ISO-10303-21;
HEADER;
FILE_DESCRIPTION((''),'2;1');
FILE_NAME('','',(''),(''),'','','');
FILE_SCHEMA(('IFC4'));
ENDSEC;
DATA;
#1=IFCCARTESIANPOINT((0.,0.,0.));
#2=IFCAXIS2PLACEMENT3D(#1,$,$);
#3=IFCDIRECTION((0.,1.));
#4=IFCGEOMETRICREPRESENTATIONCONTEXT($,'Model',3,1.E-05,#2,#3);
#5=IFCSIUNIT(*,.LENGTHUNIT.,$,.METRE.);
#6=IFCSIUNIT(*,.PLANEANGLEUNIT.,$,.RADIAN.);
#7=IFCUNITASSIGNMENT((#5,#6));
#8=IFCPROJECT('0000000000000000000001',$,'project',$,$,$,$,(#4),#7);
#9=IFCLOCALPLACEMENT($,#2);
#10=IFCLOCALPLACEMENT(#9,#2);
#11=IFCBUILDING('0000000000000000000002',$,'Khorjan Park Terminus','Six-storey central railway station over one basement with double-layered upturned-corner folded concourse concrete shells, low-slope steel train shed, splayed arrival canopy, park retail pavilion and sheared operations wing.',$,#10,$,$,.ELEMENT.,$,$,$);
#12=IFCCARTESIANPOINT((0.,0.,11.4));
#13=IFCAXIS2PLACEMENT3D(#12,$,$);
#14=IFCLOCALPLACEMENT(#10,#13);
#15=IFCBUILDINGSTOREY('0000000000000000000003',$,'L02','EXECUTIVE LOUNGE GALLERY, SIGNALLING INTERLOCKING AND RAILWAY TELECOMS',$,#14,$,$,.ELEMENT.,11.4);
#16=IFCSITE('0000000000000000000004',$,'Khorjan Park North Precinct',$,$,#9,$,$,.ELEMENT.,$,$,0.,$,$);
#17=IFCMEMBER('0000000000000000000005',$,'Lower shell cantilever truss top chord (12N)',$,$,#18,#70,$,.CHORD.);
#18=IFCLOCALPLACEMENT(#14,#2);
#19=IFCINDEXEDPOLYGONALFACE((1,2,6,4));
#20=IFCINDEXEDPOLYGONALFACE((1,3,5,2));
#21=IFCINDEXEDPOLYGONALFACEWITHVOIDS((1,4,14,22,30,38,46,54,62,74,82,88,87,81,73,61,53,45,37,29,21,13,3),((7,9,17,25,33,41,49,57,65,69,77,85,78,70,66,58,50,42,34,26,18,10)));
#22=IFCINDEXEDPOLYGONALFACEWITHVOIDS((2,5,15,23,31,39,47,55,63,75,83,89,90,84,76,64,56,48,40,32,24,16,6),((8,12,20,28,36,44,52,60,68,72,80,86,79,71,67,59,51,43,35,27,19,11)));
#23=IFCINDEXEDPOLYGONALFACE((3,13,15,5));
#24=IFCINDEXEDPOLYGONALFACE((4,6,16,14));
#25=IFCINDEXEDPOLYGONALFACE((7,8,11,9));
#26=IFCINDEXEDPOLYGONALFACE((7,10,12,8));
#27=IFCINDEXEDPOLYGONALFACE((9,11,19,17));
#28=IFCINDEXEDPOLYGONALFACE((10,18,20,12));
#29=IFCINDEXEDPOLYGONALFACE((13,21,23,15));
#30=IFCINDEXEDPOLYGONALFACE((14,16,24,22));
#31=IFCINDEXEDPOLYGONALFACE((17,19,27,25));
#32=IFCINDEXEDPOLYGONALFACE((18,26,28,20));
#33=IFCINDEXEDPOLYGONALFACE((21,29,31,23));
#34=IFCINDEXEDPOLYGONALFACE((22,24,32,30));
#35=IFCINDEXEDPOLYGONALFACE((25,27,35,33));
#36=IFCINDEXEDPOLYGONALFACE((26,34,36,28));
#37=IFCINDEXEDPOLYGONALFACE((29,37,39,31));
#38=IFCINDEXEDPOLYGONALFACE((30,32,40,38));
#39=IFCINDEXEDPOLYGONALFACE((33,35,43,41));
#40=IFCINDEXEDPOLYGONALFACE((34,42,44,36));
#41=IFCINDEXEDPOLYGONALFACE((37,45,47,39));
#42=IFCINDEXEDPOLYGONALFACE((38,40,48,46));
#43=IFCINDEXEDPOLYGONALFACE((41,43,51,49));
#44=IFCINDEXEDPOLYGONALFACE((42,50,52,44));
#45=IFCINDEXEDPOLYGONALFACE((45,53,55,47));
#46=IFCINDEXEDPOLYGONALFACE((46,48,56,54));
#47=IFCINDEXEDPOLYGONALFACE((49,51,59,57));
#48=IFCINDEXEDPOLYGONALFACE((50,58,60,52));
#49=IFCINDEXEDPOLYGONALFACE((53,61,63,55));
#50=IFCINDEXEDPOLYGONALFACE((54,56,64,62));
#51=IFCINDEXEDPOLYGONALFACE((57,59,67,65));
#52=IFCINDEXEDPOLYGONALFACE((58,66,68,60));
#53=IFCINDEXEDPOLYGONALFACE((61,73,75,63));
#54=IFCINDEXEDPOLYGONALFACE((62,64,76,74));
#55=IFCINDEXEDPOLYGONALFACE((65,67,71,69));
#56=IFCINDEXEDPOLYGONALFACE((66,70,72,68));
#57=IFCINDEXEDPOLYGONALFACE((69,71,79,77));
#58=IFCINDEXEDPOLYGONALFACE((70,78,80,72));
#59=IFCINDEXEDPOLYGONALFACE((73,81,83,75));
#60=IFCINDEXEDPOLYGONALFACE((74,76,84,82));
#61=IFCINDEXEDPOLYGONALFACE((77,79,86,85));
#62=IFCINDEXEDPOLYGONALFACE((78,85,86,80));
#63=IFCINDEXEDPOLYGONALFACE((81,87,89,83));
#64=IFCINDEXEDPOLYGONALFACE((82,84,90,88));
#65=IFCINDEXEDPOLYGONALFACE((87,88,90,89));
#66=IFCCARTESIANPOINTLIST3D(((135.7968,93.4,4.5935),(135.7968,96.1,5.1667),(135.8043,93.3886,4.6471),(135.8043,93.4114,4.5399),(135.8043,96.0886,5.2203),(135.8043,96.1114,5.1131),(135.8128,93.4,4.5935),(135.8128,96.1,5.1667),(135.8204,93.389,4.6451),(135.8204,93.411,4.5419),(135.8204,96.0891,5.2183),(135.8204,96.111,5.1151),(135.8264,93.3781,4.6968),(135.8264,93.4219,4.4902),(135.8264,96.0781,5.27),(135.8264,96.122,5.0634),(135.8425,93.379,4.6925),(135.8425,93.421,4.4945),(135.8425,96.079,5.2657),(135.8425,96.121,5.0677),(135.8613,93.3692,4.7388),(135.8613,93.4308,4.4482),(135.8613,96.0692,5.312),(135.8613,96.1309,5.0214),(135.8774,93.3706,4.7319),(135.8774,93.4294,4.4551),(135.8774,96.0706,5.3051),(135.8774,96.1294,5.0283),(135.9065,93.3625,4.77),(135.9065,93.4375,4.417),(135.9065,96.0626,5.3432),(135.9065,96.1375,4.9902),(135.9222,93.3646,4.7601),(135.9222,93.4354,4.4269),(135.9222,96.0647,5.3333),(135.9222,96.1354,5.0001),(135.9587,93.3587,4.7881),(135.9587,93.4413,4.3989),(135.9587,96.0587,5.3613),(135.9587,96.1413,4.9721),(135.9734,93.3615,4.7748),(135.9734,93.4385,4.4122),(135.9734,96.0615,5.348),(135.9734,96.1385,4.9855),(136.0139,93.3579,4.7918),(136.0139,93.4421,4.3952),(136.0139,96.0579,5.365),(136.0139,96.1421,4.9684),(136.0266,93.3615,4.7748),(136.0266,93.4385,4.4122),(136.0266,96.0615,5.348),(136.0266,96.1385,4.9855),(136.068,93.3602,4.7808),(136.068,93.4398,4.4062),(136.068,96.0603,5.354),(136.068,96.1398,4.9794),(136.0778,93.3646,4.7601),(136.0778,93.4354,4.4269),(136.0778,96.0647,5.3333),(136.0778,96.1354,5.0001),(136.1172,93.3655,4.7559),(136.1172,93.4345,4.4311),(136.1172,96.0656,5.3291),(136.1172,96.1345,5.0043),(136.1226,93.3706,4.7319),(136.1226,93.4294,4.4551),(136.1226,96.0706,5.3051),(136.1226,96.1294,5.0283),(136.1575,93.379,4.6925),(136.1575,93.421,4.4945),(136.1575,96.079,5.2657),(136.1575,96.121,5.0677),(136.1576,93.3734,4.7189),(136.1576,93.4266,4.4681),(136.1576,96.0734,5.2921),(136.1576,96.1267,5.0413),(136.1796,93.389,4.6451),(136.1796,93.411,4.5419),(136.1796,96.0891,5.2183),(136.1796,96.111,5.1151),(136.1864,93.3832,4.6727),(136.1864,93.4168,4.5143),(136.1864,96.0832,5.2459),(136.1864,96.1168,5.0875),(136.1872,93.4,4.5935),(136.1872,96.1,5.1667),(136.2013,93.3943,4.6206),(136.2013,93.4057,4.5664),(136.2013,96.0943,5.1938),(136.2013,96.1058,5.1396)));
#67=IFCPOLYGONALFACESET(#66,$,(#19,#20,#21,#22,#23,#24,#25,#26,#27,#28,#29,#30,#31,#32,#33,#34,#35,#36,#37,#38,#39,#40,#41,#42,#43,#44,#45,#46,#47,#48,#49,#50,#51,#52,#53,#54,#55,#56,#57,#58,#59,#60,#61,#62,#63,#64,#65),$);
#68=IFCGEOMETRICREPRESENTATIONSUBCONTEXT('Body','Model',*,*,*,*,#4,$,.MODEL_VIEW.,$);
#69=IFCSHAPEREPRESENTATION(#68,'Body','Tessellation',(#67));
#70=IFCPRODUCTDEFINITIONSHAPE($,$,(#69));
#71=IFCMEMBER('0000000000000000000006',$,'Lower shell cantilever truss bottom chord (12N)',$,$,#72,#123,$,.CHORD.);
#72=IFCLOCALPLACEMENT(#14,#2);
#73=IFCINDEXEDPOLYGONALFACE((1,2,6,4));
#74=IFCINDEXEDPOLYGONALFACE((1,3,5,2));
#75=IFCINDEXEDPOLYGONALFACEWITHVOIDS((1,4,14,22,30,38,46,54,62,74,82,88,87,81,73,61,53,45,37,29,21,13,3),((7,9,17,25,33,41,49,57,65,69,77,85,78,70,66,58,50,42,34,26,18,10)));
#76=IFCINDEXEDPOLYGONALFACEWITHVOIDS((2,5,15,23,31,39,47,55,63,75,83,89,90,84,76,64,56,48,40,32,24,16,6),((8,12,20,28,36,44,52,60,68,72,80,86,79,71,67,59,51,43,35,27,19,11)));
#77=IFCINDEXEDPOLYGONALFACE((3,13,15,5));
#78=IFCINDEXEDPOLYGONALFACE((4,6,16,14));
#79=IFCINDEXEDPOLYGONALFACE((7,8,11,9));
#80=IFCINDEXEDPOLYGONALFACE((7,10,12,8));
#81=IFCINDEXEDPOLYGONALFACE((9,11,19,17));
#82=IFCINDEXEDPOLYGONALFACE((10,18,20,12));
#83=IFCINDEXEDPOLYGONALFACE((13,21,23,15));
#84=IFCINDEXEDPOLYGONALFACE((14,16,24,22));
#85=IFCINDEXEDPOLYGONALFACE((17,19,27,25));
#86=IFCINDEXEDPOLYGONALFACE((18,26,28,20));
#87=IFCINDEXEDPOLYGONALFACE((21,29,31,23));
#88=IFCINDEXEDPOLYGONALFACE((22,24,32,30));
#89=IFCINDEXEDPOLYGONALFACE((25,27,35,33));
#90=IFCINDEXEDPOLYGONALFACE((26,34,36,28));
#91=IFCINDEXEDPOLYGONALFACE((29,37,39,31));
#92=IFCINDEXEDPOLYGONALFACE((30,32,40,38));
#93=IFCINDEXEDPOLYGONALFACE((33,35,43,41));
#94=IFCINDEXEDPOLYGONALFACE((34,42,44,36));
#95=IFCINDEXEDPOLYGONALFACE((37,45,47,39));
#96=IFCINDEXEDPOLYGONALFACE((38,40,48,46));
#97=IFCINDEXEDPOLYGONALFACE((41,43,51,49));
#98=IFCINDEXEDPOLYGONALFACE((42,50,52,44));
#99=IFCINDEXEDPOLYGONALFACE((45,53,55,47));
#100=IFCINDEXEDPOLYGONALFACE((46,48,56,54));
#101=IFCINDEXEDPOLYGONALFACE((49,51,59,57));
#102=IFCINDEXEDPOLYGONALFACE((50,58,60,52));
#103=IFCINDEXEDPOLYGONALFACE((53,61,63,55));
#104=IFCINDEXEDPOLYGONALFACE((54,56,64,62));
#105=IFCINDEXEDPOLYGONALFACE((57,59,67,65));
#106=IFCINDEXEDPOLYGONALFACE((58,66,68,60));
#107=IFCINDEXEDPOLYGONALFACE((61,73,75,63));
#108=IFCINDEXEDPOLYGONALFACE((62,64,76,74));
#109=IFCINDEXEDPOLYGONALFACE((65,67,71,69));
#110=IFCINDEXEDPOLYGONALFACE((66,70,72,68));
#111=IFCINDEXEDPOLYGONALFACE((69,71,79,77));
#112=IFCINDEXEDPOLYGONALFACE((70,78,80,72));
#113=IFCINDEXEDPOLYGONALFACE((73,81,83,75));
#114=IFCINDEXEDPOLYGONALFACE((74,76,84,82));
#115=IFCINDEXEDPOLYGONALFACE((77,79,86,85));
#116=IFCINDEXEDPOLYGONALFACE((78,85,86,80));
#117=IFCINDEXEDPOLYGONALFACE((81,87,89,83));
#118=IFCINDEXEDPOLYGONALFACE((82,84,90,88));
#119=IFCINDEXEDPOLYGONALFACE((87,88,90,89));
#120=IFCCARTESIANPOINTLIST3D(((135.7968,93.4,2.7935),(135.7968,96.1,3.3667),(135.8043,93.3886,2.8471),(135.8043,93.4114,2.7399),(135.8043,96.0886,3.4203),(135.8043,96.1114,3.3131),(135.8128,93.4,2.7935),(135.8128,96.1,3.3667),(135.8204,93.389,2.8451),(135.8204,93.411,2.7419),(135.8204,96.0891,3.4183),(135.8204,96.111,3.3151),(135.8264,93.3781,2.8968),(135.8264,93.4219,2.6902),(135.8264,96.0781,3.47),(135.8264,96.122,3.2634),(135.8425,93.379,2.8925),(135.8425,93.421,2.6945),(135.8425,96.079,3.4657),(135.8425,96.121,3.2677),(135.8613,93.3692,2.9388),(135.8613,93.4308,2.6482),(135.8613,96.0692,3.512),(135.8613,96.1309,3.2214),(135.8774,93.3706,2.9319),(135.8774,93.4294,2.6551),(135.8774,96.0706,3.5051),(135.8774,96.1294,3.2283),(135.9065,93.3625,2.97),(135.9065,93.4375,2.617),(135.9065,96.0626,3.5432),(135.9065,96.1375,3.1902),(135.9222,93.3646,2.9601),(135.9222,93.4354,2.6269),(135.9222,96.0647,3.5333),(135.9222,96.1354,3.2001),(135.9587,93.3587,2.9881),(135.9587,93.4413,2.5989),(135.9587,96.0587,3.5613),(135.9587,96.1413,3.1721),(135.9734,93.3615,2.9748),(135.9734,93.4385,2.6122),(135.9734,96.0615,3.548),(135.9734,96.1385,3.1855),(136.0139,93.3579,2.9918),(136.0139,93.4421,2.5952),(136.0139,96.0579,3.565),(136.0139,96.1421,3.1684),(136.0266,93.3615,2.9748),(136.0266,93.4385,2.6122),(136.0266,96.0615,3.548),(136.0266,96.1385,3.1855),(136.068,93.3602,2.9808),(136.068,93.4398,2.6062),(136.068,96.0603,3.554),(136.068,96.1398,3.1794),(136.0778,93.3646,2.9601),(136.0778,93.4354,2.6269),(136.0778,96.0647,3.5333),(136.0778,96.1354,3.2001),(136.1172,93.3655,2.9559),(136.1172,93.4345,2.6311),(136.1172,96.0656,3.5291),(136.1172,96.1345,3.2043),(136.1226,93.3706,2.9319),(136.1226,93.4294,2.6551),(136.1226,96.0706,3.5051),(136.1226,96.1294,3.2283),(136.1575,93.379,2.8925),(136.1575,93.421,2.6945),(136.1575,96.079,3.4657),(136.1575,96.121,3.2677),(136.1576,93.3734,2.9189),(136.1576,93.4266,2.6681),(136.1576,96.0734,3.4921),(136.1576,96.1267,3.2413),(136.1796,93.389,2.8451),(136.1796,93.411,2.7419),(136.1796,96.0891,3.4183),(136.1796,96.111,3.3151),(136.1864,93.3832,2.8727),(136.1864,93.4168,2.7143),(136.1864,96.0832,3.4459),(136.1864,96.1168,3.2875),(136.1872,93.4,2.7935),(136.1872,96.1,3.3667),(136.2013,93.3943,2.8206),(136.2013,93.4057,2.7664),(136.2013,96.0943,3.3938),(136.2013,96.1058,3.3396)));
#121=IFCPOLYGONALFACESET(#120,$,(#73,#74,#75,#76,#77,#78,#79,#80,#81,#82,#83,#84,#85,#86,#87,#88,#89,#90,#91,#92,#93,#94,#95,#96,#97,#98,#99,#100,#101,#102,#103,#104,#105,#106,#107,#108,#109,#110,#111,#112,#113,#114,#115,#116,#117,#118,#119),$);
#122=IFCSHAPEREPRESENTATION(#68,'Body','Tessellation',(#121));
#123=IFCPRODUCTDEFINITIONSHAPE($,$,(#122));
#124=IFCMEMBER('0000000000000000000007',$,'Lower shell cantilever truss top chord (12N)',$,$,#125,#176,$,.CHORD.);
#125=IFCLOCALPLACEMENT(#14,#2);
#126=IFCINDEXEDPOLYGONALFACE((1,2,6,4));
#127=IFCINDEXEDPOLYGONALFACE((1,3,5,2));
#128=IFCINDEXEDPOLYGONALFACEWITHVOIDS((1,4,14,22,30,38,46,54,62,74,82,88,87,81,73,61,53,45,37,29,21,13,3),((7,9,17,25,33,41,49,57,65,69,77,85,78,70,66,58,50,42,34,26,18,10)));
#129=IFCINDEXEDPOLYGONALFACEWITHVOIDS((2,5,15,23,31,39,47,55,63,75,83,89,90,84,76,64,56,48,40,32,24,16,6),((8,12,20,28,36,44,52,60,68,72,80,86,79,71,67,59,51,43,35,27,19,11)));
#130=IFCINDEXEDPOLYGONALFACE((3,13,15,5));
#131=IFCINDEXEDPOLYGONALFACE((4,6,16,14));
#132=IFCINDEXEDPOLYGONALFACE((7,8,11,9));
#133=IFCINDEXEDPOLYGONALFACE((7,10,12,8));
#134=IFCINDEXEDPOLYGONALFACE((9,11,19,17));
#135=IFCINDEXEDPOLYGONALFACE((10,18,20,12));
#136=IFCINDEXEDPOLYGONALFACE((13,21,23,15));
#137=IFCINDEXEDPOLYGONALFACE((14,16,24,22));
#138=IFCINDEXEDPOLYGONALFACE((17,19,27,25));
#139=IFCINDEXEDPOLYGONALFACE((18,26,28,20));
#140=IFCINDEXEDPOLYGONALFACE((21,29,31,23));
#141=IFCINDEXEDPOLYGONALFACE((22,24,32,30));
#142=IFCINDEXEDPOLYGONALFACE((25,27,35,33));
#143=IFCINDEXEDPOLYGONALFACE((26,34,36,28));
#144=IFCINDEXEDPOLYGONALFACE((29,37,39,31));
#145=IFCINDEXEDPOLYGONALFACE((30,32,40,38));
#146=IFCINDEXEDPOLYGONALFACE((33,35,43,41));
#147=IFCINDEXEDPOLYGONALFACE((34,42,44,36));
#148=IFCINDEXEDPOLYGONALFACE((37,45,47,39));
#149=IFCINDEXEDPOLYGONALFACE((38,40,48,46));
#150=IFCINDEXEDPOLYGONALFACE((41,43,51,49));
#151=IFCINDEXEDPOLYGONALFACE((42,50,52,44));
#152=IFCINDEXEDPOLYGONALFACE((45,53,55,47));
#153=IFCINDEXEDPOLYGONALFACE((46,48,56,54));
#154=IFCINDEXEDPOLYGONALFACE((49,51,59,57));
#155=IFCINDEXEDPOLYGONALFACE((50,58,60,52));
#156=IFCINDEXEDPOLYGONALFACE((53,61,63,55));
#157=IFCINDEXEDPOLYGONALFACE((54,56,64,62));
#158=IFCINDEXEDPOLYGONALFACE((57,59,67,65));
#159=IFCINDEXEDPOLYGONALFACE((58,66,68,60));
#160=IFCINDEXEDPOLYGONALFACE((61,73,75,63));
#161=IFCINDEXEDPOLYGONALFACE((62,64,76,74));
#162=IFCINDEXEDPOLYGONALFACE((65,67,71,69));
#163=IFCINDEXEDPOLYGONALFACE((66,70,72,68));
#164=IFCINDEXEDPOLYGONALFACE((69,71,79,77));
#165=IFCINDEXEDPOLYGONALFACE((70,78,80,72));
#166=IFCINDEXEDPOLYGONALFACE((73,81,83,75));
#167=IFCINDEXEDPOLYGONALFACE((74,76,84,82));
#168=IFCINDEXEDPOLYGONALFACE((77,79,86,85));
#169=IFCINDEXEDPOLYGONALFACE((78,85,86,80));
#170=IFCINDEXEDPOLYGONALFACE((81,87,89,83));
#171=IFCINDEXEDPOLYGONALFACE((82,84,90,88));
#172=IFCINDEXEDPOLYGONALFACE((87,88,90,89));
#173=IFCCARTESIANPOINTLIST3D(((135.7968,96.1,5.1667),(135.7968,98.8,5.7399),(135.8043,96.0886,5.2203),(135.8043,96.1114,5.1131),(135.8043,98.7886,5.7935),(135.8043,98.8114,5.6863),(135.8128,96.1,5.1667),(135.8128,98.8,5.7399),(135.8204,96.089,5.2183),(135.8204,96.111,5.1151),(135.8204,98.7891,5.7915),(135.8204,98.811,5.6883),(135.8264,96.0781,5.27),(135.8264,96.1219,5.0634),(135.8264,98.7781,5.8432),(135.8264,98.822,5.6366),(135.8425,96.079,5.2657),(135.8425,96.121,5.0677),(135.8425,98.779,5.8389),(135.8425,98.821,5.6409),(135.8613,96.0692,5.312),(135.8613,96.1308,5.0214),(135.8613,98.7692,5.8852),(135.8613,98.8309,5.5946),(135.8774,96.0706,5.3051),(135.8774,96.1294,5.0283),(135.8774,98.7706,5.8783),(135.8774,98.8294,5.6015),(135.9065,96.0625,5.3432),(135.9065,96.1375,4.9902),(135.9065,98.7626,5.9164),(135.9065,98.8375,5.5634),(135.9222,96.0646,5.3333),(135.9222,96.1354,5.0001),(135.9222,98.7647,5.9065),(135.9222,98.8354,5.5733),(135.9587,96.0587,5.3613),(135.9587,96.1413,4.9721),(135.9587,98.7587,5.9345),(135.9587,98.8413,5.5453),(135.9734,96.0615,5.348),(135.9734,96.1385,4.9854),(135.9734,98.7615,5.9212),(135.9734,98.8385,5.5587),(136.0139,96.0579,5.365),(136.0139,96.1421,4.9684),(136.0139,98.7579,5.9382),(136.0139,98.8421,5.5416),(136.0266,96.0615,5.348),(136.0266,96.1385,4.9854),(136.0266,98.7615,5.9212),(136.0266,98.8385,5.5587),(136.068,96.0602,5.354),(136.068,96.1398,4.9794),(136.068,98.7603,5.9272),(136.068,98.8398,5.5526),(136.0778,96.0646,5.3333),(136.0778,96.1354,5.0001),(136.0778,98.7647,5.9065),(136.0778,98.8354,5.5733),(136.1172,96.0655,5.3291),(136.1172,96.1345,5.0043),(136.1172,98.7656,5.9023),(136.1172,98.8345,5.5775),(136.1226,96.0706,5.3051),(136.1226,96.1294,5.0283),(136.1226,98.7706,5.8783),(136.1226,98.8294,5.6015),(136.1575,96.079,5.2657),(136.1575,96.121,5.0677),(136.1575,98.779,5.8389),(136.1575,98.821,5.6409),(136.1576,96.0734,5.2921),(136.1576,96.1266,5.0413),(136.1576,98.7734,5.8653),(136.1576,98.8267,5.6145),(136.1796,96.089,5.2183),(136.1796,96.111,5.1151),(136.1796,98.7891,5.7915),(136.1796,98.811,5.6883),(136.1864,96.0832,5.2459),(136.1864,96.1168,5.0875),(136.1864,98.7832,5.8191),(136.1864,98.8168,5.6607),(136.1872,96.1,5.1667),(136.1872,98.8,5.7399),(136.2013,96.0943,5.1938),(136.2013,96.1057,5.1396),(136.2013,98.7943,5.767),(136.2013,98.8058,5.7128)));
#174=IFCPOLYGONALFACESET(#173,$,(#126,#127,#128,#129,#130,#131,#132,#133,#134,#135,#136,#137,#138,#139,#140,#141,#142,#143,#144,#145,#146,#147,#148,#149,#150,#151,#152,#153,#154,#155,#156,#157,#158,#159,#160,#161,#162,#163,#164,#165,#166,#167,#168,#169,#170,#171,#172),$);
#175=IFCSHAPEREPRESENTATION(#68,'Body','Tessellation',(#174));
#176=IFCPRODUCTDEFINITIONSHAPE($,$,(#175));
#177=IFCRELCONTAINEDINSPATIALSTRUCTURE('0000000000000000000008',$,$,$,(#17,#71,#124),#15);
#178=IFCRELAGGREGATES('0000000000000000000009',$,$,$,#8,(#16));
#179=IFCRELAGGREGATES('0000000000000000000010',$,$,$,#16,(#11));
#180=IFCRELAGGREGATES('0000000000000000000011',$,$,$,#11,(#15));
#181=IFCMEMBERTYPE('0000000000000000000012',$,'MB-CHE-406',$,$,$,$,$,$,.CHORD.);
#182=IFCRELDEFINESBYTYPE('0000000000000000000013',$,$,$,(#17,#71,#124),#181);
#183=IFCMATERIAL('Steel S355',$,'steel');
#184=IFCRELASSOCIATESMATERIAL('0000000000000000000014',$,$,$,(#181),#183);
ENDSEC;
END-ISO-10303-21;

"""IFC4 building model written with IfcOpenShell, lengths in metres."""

from ifc_helpers import new_model, si_unit, direction, frame, origin, origin_2d, place, context, subcontext, project, spatial, hollow_circle, extrude, material, material_profile, profile_set, type_object, element, save


model = new_model("IFC4")

# Units and contexts
model_context = context("Model", 3, precision=1e-05, world=origin(), true_north=direction((0.0, 1.0)))
body_context = subcontext(model_context, "Body", "Model", "MODEL_VIEW")
ifc_project = project(units=[si_unit("LENGTHUNIT", "METRE"), si_unit("PLANEANGLEUNIT", "RADIAN")], contexts=[model_context])

# Site, building, storey
site_placement = place(None, origin())
site = spatial("IfcSite", under=ifc_project, at=site_placement, Name="Khorjan Park North Precinct", CompositionType="ELEMENT", RefElevation=0.0)
building_placement = place(site_placement, origin())
building = spatial("IfcBuilding", under=site, at=building_placement, Name="Khorjan Park Terminus", Description="Six-storey central railway station over one basement with double-layered upturned-corner folded concourse concrete shells, low-slope steel train shed, splayed arrival canopy, park retail pavilion and sheared operations wing.", CompositionType="ELEMENT")
storey_placement = place(building_placement, frame((0.0, 0.0, 11.4)))
storey = spatial("IfcBuildingStorey", under=building, at=storey_placement, Name="L02", Description="EXECUTIVE LOUNGE GALLERY, SIGNALLING INTERLOCKING AND RAILWAY TELECOMS", CompositionType="ELEMENT", Elevation=11.4)

# Shared definitions
ifc_material_1 = material(Name="Steel S355", Category="steel")

# Members
ifc_material_profile_1 = material_profile(ifc_material_1, hollow_circle(Radius=0.2032, WallThickness=0.016, at=origin_2d()), Name="CHS 406.4x16")
ifc_profile_set_1 = profile_set([ifc_material_profile_1], Name="Steel S355")
member_type_1 = type_object("IfcMemberType", Name="MB-CHE-406", PredefinedType="CHORD", material=ifc_profile_set_1)
for number, where, z_axis, x_axis, name in (
    (1, (136.0, 93.4, 4.5935), (0.0, 0.978199, 0.207668), (-1.0, 0.0, 0.0), "Lower shell cantilever truss top chord (12N)"),
    (2, (136.0, 93.4, 2.7935), (0.0, 0.978199, 0.207668), (-1.0, 0.0, 0.0), "Lower shell cantilever truss bottom chord (12N)"),
    (3, (136.0, 96.1, 5.1667), (0.0, 0.978199, 0.207668), (-1.0, 0.0, 0.0), "Lower shell cantilever truss top chord (12N)"),
):
    element("IfcMember", number, at=place(storey_placement, frame(where, z_axis=z_axis, x_axis=x_axis)), inside=storey, type_object=member_type_1, Name=name, PredefinedType="CHORD", context=body_context, shape_type="SweptSolid", body=[
        extrude(hollow_circle(Radius=0.2032, WallThickness=0.016, at=origin_2d()), origin(), (0.0, 0.0, 1.0), 2.7602),
    ])

save(model, "model.ifc")
